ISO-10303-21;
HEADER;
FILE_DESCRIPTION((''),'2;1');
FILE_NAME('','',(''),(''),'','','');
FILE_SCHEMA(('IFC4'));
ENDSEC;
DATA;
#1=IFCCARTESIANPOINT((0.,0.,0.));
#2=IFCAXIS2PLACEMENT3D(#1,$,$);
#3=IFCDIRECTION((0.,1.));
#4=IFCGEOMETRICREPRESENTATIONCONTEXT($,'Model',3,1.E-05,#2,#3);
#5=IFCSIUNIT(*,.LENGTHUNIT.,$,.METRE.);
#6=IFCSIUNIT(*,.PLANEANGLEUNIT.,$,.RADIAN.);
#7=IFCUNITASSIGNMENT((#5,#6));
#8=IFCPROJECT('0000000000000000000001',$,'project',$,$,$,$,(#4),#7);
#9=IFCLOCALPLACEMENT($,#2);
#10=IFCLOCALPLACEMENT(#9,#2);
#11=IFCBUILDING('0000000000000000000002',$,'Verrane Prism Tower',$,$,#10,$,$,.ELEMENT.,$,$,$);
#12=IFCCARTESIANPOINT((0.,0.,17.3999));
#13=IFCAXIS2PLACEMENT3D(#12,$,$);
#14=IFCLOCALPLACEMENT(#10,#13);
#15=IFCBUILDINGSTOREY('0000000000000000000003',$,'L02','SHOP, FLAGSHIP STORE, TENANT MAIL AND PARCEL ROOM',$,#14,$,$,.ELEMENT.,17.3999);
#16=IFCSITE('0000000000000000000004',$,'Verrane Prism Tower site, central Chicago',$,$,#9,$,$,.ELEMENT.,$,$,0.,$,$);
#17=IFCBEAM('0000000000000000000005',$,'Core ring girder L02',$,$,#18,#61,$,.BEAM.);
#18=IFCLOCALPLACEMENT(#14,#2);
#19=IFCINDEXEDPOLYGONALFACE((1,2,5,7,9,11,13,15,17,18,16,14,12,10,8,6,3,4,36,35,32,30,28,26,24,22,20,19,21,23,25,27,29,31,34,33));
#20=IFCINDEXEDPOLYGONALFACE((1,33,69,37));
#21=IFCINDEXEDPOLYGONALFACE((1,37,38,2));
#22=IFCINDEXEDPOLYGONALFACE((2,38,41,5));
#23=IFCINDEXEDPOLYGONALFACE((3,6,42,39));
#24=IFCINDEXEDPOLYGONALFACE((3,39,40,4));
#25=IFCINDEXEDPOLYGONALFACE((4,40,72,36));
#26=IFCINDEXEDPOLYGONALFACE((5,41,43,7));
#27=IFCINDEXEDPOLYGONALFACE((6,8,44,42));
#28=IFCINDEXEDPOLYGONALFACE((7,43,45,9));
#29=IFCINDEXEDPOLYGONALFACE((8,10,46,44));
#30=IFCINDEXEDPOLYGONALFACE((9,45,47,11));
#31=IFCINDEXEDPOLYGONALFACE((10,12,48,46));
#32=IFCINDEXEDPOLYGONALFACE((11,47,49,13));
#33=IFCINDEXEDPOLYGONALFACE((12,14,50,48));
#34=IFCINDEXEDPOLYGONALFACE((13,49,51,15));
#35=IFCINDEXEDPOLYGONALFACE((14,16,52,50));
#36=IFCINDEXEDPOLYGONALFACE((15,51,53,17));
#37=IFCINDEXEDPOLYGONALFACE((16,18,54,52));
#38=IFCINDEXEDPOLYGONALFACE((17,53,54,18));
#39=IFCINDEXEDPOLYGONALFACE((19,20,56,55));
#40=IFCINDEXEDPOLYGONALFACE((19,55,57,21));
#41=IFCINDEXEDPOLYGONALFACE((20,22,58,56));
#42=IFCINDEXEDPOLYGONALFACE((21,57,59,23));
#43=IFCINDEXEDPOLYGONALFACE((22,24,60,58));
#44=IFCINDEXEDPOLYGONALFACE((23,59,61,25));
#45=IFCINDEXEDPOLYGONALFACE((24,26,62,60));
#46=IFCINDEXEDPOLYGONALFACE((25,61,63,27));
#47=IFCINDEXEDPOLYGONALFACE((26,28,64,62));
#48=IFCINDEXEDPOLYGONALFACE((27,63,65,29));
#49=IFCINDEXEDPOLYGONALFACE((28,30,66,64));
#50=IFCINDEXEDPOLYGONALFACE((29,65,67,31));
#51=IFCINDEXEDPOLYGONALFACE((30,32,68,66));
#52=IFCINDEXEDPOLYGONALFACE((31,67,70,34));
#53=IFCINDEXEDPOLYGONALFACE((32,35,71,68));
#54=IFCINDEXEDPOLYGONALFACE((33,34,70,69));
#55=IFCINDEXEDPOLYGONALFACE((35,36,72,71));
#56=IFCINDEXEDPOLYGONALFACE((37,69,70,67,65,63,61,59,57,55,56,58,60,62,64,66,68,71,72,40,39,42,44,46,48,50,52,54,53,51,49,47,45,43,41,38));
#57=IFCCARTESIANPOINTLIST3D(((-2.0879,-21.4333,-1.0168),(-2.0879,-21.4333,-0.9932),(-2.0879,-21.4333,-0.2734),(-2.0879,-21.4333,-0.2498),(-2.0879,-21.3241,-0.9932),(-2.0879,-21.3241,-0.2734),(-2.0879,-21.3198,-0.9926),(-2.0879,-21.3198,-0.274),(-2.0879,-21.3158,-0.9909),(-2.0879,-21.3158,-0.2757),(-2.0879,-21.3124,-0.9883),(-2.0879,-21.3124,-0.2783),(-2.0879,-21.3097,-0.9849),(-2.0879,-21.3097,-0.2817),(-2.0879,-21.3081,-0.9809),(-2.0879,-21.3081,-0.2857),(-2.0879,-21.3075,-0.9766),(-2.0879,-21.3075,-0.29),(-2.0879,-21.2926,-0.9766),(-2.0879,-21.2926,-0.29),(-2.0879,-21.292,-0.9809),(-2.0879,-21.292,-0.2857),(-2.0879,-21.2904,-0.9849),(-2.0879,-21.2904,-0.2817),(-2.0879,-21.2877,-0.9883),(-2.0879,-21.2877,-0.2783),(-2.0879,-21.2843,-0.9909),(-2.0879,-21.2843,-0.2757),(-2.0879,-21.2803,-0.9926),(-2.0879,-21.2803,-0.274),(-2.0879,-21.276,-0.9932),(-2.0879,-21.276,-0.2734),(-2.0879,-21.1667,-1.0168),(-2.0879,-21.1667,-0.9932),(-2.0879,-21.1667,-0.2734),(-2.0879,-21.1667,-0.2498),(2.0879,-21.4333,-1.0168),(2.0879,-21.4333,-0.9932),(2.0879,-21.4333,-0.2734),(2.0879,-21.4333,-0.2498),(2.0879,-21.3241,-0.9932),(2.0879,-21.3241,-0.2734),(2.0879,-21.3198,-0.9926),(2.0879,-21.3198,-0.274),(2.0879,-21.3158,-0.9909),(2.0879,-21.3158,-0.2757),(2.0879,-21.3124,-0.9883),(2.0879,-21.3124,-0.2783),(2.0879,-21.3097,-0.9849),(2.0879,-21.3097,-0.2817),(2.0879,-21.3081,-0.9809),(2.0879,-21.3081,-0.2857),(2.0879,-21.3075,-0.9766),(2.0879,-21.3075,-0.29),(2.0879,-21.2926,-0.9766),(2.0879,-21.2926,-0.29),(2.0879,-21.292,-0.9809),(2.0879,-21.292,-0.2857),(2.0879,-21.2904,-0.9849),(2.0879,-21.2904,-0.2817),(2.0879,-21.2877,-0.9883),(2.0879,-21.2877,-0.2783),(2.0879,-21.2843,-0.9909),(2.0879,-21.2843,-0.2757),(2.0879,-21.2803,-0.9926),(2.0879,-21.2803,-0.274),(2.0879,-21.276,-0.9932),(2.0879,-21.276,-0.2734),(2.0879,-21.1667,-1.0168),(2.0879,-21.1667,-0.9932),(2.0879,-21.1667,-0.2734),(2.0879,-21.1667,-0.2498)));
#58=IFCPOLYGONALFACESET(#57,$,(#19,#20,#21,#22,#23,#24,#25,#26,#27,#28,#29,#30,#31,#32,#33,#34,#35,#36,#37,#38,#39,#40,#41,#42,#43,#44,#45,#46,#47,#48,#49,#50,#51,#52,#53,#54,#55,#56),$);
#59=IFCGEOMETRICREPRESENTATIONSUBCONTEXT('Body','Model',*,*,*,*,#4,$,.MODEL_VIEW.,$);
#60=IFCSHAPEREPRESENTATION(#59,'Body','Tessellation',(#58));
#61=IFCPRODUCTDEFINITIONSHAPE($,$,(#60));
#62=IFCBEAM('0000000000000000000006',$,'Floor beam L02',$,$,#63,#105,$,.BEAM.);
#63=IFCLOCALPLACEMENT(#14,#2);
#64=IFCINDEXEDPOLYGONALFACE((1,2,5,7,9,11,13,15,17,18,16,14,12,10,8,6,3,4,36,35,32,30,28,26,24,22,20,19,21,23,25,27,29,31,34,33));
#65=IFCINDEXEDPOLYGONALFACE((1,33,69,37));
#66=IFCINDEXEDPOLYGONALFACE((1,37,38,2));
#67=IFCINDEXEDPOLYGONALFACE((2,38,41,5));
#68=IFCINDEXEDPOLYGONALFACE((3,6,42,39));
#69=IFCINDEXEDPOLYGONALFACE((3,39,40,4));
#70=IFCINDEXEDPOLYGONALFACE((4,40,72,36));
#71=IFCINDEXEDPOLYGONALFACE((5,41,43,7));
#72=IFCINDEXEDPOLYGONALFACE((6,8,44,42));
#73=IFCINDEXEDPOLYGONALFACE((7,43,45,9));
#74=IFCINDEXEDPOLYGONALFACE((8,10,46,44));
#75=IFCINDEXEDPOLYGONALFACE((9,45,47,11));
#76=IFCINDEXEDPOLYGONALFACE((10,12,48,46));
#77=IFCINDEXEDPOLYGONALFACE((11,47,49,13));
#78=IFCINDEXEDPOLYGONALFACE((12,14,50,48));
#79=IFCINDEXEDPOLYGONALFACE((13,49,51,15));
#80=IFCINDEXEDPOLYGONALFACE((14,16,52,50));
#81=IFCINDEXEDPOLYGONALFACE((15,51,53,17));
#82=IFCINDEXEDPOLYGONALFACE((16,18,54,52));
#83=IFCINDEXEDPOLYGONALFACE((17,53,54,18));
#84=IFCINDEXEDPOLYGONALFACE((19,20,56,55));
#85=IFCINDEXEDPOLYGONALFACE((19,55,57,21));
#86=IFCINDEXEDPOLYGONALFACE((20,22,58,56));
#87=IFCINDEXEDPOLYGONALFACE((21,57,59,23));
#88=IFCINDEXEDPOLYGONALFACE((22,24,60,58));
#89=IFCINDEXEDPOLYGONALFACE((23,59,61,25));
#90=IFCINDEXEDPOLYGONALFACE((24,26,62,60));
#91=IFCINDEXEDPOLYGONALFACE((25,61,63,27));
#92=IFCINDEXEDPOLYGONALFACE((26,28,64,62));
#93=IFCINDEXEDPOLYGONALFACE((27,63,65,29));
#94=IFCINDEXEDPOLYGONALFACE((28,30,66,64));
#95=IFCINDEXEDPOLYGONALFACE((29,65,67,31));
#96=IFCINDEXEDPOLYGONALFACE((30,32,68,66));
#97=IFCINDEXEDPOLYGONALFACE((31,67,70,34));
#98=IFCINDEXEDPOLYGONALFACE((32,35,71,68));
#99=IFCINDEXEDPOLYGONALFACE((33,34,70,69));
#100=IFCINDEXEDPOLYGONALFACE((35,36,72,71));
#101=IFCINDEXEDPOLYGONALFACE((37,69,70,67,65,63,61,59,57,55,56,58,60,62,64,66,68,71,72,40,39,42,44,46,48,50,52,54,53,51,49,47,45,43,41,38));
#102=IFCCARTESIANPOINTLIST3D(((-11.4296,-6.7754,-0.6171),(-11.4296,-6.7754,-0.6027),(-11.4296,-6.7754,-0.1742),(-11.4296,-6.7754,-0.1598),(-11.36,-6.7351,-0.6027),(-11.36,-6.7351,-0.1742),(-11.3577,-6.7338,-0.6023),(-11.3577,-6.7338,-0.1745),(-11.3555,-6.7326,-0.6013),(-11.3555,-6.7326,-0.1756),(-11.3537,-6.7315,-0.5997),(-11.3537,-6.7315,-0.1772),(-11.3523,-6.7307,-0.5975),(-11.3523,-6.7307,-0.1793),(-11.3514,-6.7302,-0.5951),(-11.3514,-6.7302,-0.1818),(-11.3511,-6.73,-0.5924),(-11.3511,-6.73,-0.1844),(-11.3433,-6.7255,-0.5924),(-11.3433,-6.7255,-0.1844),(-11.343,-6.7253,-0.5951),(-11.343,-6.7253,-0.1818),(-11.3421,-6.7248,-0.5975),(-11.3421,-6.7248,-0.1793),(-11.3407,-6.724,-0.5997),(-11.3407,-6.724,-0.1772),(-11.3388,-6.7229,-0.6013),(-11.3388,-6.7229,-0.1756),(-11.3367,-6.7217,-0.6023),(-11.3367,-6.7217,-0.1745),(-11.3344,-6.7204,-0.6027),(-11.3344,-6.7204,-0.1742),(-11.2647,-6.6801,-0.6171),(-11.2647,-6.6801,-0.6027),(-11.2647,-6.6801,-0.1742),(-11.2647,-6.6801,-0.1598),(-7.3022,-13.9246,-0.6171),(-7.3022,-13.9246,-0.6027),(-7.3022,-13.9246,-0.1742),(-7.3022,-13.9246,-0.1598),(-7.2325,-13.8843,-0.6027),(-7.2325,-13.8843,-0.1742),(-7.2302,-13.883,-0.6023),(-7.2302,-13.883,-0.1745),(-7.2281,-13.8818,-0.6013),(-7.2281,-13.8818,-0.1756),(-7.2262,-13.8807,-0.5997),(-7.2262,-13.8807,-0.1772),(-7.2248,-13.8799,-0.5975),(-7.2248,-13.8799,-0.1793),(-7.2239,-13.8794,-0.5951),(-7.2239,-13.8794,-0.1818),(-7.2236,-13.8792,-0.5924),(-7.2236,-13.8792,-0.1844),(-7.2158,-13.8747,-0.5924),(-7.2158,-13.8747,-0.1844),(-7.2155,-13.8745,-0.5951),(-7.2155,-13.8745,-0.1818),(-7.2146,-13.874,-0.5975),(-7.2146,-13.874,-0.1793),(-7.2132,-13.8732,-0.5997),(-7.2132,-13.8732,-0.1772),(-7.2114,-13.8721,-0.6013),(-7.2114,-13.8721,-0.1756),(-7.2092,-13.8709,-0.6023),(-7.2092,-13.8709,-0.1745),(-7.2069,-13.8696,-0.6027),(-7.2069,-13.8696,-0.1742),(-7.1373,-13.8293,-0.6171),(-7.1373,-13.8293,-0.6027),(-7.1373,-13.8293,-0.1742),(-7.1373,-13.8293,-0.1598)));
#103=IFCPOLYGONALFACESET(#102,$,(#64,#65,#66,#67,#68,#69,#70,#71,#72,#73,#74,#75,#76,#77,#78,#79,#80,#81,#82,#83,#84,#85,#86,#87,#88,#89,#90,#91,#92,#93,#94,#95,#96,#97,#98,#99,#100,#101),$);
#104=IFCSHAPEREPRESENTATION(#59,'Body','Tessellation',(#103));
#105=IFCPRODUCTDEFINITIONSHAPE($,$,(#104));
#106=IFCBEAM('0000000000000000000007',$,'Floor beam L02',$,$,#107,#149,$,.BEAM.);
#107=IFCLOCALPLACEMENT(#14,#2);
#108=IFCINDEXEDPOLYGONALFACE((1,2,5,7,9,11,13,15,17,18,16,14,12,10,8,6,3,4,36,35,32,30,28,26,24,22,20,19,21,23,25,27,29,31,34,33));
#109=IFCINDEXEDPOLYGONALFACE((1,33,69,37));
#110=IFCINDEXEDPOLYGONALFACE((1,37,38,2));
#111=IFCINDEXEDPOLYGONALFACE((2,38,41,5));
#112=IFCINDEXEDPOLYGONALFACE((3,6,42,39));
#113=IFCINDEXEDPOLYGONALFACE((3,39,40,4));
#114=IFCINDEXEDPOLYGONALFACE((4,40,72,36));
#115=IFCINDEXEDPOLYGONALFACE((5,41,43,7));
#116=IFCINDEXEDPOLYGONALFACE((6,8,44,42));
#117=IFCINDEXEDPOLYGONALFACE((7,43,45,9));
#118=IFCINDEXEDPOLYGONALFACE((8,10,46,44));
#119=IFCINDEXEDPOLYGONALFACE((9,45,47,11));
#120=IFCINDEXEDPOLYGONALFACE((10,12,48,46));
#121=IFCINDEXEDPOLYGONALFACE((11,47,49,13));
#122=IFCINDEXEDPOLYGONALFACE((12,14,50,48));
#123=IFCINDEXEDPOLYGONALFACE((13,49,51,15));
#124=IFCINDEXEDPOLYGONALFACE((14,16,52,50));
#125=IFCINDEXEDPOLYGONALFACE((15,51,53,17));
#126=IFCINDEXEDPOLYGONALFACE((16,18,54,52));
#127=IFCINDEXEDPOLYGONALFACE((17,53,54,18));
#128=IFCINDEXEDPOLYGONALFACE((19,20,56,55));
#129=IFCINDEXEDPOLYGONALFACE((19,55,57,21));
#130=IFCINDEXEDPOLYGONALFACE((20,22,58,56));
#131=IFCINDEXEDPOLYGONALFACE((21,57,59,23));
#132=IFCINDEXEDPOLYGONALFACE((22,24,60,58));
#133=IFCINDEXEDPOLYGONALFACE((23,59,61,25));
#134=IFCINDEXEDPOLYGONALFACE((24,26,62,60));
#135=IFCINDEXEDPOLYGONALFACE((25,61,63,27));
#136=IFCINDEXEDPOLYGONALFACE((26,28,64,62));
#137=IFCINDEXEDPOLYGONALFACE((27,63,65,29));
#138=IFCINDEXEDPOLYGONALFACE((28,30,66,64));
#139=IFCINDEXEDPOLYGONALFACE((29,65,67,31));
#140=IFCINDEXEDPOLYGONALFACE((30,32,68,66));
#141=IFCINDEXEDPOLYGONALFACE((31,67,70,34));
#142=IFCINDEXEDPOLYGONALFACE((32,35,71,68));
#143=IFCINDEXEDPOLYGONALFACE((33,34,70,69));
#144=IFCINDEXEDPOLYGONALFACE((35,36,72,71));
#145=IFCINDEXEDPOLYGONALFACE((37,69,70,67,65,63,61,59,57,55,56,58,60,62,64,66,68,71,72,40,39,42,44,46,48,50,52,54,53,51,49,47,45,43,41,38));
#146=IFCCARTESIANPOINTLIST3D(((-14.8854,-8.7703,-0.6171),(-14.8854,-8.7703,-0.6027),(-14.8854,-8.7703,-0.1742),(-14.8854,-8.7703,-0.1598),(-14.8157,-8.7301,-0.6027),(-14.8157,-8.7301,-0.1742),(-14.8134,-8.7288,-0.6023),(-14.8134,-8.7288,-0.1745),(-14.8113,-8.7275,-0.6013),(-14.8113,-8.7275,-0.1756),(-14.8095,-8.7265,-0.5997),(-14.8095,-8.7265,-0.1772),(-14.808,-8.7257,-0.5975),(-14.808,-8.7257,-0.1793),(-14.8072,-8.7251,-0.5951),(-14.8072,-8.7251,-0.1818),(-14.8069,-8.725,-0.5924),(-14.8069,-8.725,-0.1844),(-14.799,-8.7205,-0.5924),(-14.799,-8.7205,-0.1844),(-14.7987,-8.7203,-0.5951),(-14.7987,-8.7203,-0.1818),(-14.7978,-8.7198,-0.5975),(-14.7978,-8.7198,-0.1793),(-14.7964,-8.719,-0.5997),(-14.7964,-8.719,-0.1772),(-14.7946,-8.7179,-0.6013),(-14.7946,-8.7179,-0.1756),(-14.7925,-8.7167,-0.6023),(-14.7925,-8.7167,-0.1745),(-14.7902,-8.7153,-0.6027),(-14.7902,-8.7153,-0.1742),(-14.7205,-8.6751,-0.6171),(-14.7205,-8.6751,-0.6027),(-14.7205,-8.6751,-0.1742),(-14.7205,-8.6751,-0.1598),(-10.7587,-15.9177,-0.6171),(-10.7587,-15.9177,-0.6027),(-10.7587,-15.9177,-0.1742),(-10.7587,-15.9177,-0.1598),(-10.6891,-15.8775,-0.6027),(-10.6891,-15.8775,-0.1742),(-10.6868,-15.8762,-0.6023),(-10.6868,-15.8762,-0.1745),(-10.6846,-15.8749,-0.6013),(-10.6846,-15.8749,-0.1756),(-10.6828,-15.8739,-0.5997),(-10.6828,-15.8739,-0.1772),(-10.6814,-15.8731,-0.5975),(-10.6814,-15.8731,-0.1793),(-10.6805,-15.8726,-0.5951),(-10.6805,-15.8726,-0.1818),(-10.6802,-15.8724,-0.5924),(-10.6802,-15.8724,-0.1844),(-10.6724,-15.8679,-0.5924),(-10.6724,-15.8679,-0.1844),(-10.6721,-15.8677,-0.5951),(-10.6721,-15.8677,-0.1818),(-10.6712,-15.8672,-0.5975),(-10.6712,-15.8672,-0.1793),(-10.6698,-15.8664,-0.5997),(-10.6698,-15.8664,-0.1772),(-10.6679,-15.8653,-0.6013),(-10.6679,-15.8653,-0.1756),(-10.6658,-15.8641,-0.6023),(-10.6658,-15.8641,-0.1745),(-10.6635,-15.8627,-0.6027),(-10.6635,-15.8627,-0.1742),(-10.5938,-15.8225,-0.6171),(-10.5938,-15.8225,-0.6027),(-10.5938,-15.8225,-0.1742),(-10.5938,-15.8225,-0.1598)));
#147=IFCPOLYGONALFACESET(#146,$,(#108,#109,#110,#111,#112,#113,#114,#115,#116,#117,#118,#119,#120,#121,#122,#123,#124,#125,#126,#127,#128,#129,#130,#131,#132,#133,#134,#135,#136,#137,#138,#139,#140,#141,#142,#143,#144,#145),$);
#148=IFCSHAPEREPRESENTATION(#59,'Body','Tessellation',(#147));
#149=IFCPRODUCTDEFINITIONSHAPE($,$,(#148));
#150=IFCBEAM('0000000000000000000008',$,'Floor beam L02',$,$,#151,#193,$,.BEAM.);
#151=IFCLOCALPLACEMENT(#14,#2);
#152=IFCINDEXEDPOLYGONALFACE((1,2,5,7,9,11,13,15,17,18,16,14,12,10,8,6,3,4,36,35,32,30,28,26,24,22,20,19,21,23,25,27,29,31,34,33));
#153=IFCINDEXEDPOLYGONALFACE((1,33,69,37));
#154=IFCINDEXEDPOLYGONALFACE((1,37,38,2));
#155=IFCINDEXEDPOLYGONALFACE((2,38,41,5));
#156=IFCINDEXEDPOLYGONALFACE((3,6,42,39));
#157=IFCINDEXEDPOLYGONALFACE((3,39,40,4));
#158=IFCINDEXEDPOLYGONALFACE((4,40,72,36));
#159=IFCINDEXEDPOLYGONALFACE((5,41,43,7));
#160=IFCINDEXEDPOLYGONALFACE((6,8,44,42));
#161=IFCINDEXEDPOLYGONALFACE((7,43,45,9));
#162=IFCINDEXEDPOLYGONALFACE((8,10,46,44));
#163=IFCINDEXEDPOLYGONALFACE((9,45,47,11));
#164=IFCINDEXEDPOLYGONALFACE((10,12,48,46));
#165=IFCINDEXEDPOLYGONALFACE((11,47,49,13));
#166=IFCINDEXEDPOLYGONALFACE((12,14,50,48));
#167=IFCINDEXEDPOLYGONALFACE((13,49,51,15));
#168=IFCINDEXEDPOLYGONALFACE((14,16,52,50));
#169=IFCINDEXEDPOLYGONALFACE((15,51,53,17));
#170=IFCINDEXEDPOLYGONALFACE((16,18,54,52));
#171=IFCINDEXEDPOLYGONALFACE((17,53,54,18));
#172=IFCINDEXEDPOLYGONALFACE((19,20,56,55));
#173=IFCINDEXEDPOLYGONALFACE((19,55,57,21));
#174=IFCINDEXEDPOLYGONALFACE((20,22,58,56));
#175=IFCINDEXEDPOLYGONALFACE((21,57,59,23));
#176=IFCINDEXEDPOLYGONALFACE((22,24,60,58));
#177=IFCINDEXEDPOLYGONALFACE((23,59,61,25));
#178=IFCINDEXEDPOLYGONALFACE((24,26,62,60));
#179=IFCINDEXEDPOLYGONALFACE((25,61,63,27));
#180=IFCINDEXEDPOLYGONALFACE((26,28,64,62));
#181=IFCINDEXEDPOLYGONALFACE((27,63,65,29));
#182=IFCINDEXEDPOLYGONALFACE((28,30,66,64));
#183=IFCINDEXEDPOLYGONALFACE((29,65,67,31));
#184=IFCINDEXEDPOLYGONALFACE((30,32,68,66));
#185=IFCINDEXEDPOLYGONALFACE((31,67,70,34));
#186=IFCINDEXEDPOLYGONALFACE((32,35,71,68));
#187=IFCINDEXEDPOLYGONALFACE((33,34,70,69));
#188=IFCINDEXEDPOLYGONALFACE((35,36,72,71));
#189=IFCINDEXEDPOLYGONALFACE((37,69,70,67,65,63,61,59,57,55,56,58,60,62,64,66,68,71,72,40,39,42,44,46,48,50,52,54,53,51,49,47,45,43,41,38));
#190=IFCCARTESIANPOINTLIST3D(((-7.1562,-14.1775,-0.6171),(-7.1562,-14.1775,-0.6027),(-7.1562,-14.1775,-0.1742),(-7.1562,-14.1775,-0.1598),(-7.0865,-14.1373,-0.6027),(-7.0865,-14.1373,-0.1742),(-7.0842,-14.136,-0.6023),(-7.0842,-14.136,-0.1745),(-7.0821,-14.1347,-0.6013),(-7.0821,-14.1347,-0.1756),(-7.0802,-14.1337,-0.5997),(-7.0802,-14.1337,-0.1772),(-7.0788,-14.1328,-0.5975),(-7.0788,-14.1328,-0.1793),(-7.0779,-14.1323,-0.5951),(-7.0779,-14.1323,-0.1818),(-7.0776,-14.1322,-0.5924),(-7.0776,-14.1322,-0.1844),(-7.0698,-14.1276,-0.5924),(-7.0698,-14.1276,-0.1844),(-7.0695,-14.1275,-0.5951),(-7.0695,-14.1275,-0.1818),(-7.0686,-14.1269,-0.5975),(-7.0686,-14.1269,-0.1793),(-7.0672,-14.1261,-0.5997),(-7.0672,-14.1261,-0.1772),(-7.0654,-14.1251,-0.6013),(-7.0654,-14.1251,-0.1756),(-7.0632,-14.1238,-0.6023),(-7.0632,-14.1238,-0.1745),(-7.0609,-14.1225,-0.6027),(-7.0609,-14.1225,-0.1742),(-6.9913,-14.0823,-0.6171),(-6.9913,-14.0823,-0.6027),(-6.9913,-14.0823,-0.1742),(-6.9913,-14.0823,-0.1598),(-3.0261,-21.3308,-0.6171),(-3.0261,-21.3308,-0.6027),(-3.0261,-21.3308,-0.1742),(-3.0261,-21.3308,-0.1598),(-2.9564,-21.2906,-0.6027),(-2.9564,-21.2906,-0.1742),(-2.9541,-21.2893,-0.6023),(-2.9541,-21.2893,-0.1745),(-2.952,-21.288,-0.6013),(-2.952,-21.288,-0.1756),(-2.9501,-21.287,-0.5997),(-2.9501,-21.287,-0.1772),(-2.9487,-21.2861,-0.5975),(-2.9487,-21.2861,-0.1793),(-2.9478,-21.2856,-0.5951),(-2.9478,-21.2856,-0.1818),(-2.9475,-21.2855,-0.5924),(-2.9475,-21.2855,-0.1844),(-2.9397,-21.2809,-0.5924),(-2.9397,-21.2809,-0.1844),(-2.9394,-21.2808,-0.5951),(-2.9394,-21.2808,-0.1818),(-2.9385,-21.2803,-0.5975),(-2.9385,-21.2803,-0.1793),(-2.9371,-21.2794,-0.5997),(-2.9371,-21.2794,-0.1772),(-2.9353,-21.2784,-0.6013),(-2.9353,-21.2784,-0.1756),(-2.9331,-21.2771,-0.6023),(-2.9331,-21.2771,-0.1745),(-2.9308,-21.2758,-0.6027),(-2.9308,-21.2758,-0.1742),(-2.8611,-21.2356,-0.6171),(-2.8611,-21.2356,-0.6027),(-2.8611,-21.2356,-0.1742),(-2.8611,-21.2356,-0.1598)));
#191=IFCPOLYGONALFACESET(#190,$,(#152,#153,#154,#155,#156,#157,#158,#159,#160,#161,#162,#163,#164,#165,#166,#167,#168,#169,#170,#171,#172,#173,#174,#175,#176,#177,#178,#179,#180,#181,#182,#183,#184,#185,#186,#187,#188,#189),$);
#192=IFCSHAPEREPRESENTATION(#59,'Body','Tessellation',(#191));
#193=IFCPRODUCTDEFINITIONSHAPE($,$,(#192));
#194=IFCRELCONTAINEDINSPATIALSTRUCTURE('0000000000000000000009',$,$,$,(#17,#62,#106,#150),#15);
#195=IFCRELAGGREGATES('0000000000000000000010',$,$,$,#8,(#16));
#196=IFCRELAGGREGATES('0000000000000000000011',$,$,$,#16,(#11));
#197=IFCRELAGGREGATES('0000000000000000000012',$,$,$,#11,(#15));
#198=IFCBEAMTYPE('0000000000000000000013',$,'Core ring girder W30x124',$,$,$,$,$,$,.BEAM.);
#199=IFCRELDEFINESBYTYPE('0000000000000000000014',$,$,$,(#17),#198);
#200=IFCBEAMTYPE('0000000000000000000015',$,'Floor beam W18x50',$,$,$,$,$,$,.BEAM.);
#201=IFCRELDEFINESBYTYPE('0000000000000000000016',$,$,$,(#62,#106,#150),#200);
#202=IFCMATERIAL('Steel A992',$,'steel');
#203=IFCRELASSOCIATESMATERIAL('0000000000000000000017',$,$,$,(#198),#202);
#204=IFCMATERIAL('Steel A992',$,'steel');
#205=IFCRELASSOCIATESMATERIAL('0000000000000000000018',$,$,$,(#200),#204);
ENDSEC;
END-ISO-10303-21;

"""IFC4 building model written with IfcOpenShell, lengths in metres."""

from ifc_helpers import new_model, si_unit, direction, frame, origin, origin_2d, place, context, subcontext, project, spatial, i_section, extrude, material, material_profile, profile_set, type_object, element, save


model = new_model("IFC4")

# Units and contexts
model_context = context("Model", 3, precision=1e-05, world=origin(), true_north=direction((0.0, 1.0)))
body_context = subcontext(model_context, "Body", "Model", "MODEL_VIEW")
ifc_project = project(units=[si_unit("LENGTHUNIT", "METRE"), si_unit("PLANEANGLEUNIT", "RADIAN")], contexts=[model_context])

# Site, building, storey
site_placement = place(None, origin())
site = spatial("IfcSite", under=ifc_project, at=site_placement, Name="Verrane Prism Tower site, central Chicago", CompositionType="ELEMENT", RefElevation=0.0)
building_placement = place(site_placement, origin())
building = spatial("IfcBuilding", under=site, at=building_placement, Name="Verrane Prism Tower", CompositionType="ELEMENT")
storey_placement = place(building_placement, frame((0.0, 0.0, 17.3999)))
storey = spatial("IfcBuildingStorey", under=building, at=storey_placement, Name="L02", Description="SHOP, FLAGSHIP STORE, TENANT MAIL AND PARCEL ROOM", CompositionType="ELEMENT", Elevation=17.3999)

# Beams
ifc_material_1 = material(Name="Steel A992", Category="steel")
ifc_material_profile_1 = material_profile(ifc_material_1, i_section(OverallWidth=0.2666, OverallDepth=0.7671, WebThickness=0.0149, FlangeThickness=0.0237, FilletRadius=0.0166, at=origin_2d()), Name="W30x124")
ifc_profile_set_1 = profile_set([ifc_material_profile_1], Name="Steel A992")
beam_type_1 = type_object("IfcBeamType", Name="Core ring girder W30x124", PredefinedType="BEAM", material=ifc_profile_set_1)
beam_1_placement = place(storey_placement, frame((-2.0879, -21.3, -0.6333), z_axis=(1.0, 0.0, 0.0), x_axis=(0.0, 1.0, 0.0)))
element("IfcBeam", 1, at=beam_1_placement, inside=storey, type_object=beam_type_1, Name="Core ring girder L02", PredefinedType="BEAM", context=body_context, shape_type="SweptSolid", body=[
    extrude(i_section(OverallWidth=0.2666, OverallDepth=0.7671, WebThickness=0.0149, FlangeThickness=0.0237, FilletRadius=0.0166, at=origin_2d()), origin(), (0.0, 0.0, 1.0), 4.1758),
])
ifc_material_2 = material(Name="Steel A992", Category="steel")
ifc_material_profile_2 = material_profile(ifc_material_2, i_section(OverallWidth=0.1904, OverallDepth=0.4573, WebThickness=0.009, FlangeThickness=0.0144, FilletRadius=0.0103, at=origin_2d()), Name="W18x50")
ifc_profile_set_2 = profile_set([ifc_material_profile_2], Name="Steel A992")
beam_type_2 = type_object("IfcBeamType", Name="Floor beam W18x50", PredefinedType="BEAM", material=ifc_profile_set_2)
beam_2_placement = place(storey_placement, frame((-7.2197, -13.877, -0.3884), z_axis=(-0.499988, 0.866032, 0.0), x_axis=(-0.866032, -0.499988, 0.0)))
element("IfcBeam", 2, at=beam_2_placement, inside=storey, type_object=beam_type_2, Name="Floor beam L02", PredefinedType="BEAM", context=body_context, shape_type="SweptSolid", body=[
    extrude(i_section(OverallWidth=0.1904, OverallDepth=0.4573, WebThickness=0.009, FlangeThickness=0.0144, FilletRadius=0.0103, at=origin_2d()), origin(), (0.0, 0.0, 1.0), 8.2551),
])
beam_3_placement = place(storey_placement, frame((-10.6763, -15.8701, -0.3884), z_axis=(-0.500011, 0.866019, 0.0), x_axis=(-0.866019, -0.500011, 0.0)))
element("IfcBeam", 3, at=beam_3_placement, inside=storey, type_object=beam_type_2, Name="Floor beam L02", PredefinedType="BEAM", context=body_context, shape_type="SweptSolid", body=[
    extrude(i_section(OverallWidth=0.1904, OverallDepth=0.4573, WebThickness=0.009, FlangeThickness=0.0144, FilletRadius=0.0103, at=origin_2d()), origin(), (0.0, 0.0, 1.0), 8.2532),
])
beam_4_placement = place(storey_placement, frame((-2.9436, -21.2832, -0.3884), z_axis=(-0.500014, 0.866017, 0.0), x_axis=(-0.866017, -0.500014, 0.0)))
element("IfcBeam", 4, at=beam_4_placement, inside=storey, type_object=beam_type_2, Name="Floor beam L02", PredefinedType="BEAM", context=body_context, shape_type="SweptSolid", body=[
    extrude(i_section(OverallWidth=0.1904, OverallDepth=0.4573, WebThickness=0.009, FlangeThickness=0.0144, FilletRadius=0.0103, at=origin_2d()), origin(), (0.0, 0.0, 1.0), 8.26),
])

save(model, "model.ifc")
